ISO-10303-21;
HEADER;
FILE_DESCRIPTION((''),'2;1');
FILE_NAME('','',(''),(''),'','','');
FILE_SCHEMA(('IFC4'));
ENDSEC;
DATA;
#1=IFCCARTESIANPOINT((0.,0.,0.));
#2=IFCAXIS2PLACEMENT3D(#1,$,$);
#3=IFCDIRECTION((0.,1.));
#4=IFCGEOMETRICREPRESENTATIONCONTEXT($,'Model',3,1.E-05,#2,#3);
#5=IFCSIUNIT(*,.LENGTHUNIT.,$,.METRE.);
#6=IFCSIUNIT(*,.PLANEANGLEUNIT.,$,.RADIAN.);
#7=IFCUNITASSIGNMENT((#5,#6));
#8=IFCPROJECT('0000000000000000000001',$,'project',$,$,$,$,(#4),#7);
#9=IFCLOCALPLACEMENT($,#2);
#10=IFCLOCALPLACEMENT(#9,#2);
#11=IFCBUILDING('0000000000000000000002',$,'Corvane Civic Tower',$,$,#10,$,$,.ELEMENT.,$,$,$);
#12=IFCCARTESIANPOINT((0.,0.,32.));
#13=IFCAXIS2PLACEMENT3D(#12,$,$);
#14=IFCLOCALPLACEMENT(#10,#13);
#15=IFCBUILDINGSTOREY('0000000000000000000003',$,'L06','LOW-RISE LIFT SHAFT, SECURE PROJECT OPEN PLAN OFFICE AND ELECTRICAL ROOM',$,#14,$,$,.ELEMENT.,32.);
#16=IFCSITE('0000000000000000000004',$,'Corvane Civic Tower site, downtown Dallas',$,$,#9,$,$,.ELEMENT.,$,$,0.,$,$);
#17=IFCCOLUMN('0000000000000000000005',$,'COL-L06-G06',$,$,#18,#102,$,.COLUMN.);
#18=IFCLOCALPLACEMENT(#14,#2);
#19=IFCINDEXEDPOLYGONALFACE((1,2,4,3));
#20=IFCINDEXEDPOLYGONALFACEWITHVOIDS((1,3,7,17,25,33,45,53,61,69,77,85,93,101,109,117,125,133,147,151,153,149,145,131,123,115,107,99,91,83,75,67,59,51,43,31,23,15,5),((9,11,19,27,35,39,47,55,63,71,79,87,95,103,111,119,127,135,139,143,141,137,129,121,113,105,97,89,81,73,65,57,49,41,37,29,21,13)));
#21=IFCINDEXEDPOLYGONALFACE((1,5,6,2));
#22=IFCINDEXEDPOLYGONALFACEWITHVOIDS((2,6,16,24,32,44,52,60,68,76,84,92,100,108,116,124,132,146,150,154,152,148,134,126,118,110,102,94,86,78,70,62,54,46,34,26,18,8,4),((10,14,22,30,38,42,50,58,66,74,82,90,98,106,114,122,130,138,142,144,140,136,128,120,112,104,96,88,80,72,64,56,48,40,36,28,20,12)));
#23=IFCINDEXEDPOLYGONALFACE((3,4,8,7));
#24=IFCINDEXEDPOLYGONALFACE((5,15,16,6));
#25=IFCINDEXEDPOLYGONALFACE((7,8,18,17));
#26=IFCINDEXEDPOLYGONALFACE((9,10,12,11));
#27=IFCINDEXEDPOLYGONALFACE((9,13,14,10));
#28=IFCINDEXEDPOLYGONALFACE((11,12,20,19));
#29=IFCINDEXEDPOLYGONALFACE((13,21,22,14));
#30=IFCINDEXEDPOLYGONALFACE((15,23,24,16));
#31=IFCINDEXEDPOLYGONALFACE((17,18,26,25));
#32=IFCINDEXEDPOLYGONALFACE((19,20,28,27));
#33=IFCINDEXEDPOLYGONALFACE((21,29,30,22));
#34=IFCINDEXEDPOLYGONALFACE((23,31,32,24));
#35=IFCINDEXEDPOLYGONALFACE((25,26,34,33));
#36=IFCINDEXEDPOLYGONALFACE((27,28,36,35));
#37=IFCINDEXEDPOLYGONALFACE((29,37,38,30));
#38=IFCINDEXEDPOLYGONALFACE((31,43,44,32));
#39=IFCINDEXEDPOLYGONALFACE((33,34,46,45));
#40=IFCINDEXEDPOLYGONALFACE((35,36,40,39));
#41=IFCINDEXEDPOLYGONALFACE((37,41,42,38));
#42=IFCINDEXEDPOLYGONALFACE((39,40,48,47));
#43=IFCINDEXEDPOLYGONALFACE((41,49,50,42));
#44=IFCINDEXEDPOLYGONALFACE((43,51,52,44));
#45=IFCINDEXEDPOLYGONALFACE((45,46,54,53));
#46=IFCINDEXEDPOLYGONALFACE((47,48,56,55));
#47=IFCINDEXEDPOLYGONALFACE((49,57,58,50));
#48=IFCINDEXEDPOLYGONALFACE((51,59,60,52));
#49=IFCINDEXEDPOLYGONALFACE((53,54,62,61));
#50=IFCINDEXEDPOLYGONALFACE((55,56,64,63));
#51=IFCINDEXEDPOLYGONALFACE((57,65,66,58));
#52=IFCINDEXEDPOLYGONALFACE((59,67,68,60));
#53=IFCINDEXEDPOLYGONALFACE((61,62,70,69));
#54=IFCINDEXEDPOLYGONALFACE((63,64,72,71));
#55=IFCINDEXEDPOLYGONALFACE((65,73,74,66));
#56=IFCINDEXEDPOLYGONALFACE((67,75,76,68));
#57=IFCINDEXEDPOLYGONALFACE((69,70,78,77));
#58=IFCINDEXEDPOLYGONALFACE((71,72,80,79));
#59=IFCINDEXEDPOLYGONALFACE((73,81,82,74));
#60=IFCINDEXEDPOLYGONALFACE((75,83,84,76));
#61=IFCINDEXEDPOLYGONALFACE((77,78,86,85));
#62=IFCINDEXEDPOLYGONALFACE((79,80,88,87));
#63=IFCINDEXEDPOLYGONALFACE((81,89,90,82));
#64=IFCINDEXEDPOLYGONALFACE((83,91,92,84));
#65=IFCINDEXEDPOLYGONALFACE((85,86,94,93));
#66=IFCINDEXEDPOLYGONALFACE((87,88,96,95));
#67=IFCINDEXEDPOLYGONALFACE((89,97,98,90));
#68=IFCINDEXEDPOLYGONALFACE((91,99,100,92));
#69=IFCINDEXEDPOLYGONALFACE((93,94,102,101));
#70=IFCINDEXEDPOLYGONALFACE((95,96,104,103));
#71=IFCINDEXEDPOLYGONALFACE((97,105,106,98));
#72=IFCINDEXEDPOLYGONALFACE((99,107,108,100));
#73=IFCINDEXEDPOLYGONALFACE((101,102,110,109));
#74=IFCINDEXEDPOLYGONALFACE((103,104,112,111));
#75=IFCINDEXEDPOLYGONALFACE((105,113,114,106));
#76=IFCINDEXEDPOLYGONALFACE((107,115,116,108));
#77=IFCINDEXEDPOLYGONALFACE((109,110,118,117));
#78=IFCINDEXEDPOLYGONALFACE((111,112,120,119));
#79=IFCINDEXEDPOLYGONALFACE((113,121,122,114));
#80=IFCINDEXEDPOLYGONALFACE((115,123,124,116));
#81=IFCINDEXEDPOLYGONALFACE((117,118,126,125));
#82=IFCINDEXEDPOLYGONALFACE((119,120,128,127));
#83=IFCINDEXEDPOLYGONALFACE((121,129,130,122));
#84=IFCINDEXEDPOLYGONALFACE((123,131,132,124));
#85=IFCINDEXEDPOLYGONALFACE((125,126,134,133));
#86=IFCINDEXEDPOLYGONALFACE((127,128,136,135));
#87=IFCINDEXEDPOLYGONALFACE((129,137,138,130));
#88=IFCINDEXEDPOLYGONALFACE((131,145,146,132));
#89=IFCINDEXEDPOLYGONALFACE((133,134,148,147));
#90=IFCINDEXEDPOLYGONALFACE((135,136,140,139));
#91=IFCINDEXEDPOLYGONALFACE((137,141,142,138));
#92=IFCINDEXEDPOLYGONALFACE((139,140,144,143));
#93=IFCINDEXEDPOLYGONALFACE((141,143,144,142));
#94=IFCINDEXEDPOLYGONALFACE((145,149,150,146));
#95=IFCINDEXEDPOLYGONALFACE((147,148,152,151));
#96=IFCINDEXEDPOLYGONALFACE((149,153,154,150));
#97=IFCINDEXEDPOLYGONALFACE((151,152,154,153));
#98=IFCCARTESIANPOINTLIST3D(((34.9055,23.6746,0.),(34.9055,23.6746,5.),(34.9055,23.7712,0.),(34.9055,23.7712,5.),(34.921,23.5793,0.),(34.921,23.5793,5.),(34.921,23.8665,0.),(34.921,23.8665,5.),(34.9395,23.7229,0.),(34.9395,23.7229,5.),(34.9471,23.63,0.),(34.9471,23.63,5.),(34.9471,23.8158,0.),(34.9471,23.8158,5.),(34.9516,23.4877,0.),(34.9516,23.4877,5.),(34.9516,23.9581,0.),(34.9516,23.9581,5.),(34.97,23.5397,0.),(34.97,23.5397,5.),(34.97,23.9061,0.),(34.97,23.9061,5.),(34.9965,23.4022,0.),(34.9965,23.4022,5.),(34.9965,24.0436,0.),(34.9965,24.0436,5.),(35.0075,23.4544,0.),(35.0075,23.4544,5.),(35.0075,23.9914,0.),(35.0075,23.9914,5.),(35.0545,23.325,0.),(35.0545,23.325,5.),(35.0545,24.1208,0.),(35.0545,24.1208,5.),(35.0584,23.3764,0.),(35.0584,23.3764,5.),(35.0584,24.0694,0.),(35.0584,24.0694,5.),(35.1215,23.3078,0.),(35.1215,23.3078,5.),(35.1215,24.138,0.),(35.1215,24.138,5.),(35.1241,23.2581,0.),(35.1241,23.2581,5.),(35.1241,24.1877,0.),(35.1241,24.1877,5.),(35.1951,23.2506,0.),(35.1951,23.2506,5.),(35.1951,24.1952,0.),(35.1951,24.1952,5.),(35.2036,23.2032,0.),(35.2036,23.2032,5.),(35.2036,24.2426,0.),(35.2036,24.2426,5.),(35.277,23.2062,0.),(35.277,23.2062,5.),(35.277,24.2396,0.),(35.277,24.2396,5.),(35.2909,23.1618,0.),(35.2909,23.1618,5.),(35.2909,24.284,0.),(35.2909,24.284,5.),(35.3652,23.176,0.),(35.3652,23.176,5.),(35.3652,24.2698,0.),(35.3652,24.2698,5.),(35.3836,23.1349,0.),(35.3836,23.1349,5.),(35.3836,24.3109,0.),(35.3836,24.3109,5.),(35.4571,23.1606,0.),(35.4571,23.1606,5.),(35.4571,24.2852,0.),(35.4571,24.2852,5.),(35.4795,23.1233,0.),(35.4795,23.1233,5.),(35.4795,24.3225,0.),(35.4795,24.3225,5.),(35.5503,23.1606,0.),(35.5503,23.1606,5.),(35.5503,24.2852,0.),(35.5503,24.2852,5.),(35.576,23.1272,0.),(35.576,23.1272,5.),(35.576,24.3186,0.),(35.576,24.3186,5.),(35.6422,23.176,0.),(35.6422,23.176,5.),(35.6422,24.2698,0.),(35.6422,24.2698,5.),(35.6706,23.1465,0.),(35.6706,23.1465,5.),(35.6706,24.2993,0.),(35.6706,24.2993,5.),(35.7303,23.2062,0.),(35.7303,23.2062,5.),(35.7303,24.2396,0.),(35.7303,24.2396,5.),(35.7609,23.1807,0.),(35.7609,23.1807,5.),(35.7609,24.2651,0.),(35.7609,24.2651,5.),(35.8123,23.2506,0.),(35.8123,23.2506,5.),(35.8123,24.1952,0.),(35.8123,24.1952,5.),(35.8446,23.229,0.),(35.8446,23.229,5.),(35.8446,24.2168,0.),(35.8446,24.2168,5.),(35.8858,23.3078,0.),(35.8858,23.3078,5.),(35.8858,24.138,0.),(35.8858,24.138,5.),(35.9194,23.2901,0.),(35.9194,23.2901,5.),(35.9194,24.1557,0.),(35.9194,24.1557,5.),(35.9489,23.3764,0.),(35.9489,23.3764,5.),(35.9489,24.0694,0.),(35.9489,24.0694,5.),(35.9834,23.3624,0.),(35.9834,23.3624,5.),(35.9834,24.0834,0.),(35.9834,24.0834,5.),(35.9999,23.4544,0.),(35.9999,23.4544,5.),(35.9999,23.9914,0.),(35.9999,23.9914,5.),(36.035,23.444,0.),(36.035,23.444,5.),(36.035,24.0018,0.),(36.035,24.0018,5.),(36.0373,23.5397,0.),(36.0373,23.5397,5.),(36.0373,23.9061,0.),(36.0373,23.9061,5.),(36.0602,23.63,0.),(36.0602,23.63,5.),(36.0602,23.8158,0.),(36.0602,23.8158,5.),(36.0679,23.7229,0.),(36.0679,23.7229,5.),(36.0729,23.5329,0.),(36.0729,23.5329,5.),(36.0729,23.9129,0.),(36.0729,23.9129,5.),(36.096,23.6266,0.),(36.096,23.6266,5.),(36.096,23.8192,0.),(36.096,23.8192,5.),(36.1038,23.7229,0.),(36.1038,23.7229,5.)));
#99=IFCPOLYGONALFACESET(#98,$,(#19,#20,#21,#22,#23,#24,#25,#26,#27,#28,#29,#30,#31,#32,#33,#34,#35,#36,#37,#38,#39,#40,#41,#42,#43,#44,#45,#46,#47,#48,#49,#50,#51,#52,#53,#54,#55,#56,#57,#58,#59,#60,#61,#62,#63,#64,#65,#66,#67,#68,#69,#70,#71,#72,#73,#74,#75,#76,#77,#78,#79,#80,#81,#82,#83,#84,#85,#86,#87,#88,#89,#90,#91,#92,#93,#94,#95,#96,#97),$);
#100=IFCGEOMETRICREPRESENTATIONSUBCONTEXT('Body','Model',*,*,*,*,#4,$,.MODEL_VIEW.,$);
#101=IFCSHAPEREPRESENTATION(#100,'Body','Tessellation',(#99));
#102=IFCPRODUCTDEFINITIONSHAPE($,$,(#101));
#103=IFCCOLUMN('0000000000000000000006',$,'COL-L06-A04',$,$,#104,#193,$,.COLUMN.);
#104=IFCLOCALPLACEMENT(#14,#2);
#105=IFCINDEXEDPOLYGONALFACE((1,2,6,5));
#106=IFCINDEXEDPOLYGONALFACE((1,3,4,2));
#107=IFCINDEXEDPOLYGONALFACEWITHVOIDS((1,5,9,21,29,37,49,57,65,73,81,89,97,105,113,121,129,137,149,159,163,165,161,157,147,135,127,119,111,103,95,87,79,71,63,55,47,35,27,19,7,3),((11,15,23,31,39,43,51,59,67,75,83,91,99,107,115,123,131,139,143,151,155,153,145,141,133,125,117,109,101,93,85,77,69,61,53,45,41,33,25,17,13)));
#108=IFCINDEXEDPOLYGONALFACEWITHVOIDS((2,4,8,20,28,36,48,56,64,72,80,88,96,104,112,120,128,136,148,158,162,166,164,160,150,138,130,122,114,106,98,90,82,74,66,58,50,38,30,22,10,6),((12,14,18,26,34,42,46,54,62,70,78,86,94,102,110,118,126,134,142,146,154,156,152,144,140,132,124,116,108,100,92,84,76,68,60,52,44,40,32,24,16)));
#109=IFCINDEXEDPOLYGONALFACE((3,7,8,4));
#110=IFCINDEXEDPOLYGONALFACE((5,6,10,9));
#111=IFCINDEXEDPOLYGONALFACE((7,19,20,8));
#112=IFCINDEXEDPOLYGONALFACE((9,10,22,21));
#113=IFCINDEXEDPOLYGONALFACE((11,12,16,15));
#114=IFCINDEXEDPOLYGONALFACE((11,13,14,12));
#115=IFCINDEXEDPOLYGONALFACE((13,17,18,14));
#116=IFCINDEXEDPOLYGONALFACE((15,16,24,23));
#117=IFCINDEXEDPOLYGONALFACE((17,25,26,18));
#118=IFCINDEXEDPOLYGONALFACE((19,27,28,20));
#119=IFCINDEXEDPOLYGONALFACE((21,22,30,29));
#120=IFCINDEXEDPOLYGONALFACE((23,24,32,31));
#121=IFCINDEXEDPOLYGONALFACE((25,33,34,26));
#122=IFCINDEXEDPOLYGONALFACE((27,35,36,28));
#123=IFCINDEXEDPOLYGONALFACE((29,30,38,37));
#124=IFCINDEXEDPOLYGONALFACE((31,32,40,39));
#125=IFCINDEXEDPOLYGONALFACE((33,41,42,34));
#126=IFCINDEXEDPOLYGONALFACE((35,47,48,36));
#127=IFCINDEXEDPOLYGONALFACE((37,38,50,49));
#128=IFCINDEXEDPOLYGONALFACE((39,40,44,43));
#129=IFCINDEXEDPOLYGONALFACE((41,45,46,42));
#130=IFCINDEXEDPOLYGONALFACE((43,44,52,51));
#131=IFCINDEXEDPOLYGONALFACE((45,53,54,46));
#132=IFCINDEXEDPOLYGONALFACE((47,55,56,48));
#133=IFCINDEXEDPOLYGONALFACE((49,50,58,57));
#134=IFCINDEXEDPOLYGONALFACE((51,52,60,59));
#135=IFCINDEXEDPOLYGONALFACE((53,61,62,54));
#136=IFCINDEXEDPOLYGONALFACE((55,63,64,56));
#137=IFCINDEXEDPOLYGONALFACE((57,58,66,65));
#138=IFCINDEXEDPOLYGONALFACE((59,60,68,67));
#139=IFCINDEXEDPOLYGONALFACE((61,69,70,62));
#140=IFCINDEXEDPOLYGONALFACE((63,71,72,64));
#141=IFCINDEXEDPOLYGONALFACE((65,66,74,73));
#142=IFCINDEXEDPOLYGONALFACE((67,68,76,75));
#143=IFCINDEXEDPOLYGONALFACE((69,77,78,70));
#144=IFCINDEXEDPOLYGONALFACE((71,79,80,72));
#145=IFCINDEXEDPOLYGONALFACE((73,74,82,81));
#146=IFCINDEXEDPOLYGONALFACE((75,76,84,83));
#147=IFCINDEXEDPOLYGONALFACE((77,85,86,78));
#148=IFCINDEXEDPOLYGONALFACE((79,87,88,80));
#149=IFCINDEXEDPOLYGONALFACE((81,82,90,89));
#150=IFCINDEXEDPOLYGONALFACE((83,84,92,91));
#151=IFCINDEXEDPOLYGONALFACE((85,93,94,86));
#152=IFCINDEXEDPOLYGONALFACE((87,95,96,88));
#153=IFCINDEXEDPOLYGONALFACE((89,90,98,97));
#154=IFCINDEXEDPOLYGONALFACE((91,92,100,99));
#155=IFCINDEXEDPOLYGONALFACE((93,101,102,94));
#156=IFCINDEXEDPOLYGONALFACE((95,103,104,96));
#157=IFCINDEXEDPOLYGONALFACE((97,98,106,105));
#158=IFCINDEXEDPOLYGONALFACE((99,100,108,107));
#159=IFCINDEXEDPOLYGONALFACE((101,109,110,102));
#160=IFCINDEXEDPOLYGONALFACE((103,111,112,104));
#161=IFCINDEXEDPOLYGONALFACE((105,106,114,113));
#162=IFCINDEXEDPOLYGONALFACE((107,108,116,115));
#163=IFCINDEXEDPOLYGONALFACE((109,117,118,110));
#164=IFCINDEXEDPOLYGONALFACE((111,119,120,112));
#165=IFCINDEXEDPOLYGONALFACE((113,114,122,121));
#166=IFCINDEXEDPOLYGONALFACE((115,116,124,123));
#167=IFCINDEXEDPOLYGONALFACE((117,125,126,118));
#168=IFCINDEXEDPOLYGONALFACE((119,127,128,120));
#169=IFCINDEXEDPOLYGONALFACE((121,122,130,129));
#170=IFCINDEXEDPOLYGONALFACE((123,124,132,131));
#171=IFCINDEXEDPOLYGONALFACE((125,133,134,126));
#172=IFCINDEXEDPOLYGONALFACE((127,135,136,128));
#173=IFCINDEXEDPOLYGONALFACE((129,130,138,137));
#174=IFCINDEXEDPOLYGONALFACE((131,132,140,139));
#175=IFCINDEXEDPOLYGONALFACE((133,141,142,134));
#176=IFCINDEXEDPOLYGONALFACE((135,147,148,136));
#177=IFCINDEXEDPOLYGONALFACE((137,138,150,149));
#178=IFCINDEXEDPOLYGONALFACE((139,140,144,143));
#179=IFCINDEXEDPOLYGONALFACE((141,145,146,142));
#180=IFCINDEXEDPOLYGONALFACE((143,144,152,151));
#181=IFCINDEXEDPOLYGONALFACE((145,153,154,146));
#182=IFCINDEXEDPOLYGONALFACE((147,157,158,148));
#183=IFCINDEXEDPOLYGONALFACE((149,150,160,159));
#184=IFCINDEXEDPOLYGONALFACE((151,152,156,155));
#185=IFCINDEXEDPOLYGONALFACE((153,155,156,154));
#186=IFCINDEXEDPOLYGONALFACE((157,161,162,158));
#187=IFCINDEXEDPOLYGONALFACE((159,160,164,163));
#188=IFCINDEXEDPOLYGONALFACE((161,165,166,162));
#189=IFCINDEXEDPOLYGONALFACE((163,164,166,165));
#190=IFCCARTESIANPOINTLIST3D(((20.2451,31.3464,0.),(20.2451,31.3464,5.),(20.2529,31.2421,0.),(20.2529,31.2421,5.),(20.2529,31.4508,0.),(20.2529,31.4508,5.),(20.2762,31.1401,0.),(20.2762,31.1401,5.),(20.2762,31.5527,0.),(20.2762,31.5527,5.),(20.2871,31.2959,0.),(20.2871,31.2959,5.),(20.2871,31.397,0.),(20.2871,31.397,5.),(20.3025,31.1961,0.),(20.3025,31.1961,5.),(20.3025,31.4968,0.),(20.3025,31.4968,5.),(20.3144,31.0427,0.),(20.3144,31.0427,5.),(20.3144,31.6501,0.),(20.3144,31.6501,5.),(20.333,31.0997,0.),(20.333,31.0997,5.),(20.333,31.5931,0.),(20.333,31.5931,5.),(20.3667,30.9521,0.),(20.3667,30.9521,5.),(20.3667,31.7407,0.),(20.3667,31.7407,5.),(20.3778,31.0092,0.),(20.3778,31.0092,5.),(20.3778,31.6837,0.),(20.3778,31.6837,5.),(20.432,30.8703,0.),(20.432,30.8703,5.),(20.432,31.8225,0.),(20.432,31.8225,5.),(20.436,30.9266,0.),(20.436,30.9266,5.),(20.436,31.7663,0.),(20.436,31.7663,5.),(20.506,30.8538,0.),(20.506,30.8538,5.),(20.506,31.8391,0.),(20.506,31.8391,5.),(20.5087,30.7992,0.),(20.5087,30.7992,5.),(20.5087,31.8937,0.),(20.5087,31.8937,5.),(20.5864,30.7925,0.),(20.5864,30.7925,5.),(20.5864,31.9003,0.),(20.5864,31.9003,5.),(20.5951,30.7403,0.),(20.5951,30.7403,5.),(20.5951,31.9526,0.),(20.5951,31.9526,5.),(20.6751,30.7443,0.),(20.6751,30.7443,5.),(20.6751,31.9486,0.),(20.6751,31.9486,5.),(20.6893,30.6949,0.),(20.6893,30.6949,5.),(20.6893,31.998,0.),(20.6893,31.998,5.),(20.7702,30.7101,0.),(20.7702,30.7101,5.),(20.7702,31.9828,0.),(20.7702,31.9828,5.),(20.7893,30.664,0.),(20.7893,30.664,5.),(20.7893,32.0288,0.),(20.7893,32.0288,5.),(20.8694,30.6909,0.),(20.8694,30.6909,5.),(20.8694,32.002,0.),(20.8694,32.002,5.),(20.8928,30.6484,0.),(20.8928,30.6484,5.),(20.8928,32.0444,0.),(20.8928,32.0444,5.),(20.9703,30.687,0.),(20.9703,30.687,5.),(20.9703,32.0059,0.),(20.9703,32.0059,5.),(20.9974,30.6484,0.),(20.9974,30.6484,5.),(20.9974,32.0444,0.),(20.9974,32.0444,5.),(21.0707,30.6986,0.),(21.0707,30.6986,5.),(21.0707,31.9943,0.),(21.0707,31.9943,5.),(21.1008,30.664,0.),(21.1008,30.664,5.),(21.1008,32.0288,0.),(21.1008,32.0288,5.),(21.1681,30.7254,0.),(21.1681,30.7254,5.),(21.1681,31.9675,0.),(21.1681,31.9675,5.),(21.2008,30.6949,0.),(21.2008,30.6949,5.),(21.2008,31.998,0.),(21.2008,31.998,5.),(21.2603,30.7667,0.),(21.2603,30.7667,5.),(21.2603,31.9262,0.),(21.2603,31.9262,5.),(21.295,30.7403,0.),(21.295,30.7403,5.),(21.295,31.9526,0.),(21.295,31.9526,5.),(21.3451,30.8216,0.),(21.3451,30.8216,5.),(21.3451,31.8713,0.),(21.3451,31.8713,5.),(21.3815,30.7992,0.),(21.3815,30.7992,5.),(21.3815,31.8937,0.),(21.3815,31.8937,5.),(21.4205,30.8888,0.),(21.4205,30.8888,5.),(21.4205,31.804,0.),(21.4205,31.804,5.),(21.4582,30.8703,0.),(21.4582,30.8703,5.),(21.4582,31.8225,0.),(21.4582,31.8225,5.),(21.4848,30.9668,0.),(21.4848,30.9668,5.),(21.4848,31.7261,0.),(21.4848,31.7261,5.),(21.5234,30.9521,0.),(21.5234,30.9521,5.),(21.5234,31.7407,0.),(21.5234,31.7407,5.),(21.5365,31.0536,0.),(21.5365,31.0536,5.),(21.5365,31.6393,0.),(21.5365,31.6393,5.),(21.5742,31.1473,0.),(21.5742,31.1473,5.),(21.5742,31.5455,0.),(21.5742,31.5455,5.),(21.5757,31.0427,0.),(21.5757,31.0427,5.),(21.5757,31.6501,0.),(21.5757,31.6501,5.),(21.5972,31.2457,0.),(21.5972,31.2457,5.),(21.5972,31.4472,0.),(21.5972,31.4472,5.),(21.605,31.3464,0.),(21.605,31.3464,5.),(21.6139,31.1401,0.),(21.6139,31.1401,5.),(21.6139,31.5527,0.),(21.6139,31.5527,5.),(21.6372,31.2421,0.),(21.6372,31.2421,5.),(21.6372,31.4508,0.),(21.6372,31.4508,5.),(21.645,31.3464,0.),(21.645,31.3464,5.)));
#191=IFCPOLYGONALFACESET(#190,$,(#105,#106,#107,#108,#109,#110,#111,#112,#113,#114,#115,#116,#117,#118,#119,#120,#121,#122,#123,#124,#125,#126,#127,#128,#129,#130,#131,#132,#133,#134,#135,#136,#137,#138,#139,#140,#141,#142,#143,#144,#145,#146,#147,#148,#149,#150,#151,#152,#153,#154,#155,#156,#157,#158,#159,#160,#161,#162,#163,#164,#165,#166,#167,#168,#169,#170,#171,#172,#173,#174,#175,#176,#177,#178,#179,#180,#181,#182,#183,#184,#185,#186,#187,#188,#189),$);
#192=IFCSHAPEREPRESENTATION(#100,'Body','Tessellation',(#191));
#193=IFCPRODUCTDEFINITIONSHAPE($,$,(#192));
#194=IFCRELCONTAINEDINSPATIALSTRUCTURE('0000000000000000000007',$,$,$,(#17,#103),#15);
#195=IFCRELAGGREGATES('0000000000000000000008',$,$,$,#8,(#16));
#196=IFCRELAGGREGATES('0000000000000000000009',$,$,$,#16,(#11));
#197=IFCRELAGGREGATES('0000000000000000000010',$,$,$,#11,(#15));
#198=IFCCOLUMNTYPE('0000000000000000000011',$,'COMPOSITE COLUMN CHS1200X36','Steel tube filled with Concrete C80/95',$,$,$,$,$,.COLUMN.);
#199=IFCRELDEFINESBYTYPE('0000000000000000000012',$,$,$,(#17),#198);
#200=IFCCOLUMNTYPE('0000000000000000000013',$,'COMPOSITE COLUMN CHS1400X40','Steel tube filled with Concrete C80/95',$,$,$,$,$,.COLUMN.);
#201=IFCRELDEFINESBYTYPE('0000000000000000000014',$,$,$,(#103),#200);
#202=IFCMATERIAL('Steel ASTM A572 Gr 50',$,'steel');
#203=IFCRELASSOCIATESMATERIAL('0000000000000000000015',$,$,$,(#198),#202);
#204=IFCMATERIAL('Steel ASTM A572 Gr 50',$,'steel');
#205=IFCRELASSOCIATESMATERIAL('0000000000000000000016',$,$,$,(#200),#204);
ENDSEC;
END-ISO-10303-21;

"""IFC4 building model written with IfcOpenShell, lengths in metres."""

from ifc_helpers import new_model, si_unit, direction, frame, origin, origin_2d, place, context, subcontext, project, spatial, hollow_circle, extrude, material, material_profile, profile_set, type_object, element, save


model = new_model("IFC4")

# Units and contexts
model_context = context("Model", 3, precision=1e-05, world=origin(), true_north=direction((0.0, 1.0)))
body_context = subcontext(model_context, "Body", "Model", "MODEL_VIEW")
ifc_project = project(units=[si_unit("LENGTHUNIT", "METRE"), si_unit("PLANEANGLEUNIT", "RADIAN")], contexts=[model_context])

# Site, building, storey
site_placement = place(None, origin())
site = spatial("IfcSite", under=ifc_project, at=site_placement, Name="Corvane Civic Tower site, downtown Dallas", CompositionType="ELEMENT", RefElevation=0.0)
building_placement = place(site_placement, origin())
building = spatial("IfcBuilding", under=site, at=building_placement, Name="Corvane Civic Tower", CompositionType="ELEMENT")
storey_placement = place(building_placement, frame((0.0, 0.0, 32.0)))
storey = spatial("IfcBuildingStorey", under=building, at=storey_placement, Name="L06", Description="LOW-RISE LIFT SHAFT, SECURE PROJECT OPEN PLAN OFFICE AND ELECTRICAL ROOM", CompositionType="ELEMENT", Elevation=32.0)

# Columns
ifc_material_1 = material(Name="Steel ASTM A572 Gr 50", Category="steel")
ifc_material_profile_1 = material_profile(ifc_material_1, hollow_circle(Radius=0.6001, WallThickness=0.0359, at=origin_2d()), Name="CHS1200X36")
ifc_profile_set_1 = profile_set([ifc_material_profile_1], Name="Steel ASTM A572 Gr 50")
column_type_1 = type_object("IfcColumnType", Name="COMPOSITE COLUMN CHS1200X36", Description="Steel tube filled with Concrete C80/95", PredefinedType="COLUMN", material=ifc_profile_set_1)
for number, where, z_axis, x_axis, name in (
    (1, (35.5037, 23.7229, 0.0), (0.0, 0.0, 1.0), (1.0, 0.0, 0.0), "COL-L06-G06"),
):
    element("IfcColumn", number, at=place(storey_placement, frame(where, z_axis=z_axis, x_axis=x_axis)), inside=storey, type_object=column_type_1, Name=name, PredefinedType="COLUMN", context=body_context, shape_type="SweptSolid", body=[
        extrude(hollow_circle(Radius=0.6001, WallThickness=0.0359, at=origin_2d()), origin(), (0.0, 0.0, 1.0), 5.0),
    ])
ifc_material_2 = material(Name="Steel ASTM A572 Gr 50", Category="steel")
ifc_material_profile_2 = material_profile(ifc_material_2, hollow_circle(Radius=0.7, WallThickness=0.04, at=origin_2d()), Name="CHS1400X40")
ifc_profile_set_2 = profile_set([ifc_material_profile_2], Name="Steel ASTM A572 Gr 50")
column_type_2 = type_object("IfcColumnType", Name="COMPOSITE COLUMN CHS1400X40", Description="Steel tube filled with Concrete C80/95", PredefinedType="COLUMN", material=ifc_profile_set_2)
for number, where, z_axis, x_axis, name in (
    (2, (20.9451, 31.3464, 0.0), (0.0, 0.0, 1.0), (1.0, 0.0, 0.0), "COL-L06-A04"),
):
    element("IfcColumn", number, at=place(storey_placement, frame(where, z_axis=z_axis, x_axis=x_axis)), inside=storey, type_object=column_type_2, Name=name, PredefinedType="COLUMN", context=body_context, shape_type="SweptSolid", body=[
        extrude(hollow_circle(Radius=0.7, WallThickness=0.04, at=origin_2d()), origin(), (0.0, 0.0, 1.0), 5.0),
    ])

save(model, "model.ifc")
